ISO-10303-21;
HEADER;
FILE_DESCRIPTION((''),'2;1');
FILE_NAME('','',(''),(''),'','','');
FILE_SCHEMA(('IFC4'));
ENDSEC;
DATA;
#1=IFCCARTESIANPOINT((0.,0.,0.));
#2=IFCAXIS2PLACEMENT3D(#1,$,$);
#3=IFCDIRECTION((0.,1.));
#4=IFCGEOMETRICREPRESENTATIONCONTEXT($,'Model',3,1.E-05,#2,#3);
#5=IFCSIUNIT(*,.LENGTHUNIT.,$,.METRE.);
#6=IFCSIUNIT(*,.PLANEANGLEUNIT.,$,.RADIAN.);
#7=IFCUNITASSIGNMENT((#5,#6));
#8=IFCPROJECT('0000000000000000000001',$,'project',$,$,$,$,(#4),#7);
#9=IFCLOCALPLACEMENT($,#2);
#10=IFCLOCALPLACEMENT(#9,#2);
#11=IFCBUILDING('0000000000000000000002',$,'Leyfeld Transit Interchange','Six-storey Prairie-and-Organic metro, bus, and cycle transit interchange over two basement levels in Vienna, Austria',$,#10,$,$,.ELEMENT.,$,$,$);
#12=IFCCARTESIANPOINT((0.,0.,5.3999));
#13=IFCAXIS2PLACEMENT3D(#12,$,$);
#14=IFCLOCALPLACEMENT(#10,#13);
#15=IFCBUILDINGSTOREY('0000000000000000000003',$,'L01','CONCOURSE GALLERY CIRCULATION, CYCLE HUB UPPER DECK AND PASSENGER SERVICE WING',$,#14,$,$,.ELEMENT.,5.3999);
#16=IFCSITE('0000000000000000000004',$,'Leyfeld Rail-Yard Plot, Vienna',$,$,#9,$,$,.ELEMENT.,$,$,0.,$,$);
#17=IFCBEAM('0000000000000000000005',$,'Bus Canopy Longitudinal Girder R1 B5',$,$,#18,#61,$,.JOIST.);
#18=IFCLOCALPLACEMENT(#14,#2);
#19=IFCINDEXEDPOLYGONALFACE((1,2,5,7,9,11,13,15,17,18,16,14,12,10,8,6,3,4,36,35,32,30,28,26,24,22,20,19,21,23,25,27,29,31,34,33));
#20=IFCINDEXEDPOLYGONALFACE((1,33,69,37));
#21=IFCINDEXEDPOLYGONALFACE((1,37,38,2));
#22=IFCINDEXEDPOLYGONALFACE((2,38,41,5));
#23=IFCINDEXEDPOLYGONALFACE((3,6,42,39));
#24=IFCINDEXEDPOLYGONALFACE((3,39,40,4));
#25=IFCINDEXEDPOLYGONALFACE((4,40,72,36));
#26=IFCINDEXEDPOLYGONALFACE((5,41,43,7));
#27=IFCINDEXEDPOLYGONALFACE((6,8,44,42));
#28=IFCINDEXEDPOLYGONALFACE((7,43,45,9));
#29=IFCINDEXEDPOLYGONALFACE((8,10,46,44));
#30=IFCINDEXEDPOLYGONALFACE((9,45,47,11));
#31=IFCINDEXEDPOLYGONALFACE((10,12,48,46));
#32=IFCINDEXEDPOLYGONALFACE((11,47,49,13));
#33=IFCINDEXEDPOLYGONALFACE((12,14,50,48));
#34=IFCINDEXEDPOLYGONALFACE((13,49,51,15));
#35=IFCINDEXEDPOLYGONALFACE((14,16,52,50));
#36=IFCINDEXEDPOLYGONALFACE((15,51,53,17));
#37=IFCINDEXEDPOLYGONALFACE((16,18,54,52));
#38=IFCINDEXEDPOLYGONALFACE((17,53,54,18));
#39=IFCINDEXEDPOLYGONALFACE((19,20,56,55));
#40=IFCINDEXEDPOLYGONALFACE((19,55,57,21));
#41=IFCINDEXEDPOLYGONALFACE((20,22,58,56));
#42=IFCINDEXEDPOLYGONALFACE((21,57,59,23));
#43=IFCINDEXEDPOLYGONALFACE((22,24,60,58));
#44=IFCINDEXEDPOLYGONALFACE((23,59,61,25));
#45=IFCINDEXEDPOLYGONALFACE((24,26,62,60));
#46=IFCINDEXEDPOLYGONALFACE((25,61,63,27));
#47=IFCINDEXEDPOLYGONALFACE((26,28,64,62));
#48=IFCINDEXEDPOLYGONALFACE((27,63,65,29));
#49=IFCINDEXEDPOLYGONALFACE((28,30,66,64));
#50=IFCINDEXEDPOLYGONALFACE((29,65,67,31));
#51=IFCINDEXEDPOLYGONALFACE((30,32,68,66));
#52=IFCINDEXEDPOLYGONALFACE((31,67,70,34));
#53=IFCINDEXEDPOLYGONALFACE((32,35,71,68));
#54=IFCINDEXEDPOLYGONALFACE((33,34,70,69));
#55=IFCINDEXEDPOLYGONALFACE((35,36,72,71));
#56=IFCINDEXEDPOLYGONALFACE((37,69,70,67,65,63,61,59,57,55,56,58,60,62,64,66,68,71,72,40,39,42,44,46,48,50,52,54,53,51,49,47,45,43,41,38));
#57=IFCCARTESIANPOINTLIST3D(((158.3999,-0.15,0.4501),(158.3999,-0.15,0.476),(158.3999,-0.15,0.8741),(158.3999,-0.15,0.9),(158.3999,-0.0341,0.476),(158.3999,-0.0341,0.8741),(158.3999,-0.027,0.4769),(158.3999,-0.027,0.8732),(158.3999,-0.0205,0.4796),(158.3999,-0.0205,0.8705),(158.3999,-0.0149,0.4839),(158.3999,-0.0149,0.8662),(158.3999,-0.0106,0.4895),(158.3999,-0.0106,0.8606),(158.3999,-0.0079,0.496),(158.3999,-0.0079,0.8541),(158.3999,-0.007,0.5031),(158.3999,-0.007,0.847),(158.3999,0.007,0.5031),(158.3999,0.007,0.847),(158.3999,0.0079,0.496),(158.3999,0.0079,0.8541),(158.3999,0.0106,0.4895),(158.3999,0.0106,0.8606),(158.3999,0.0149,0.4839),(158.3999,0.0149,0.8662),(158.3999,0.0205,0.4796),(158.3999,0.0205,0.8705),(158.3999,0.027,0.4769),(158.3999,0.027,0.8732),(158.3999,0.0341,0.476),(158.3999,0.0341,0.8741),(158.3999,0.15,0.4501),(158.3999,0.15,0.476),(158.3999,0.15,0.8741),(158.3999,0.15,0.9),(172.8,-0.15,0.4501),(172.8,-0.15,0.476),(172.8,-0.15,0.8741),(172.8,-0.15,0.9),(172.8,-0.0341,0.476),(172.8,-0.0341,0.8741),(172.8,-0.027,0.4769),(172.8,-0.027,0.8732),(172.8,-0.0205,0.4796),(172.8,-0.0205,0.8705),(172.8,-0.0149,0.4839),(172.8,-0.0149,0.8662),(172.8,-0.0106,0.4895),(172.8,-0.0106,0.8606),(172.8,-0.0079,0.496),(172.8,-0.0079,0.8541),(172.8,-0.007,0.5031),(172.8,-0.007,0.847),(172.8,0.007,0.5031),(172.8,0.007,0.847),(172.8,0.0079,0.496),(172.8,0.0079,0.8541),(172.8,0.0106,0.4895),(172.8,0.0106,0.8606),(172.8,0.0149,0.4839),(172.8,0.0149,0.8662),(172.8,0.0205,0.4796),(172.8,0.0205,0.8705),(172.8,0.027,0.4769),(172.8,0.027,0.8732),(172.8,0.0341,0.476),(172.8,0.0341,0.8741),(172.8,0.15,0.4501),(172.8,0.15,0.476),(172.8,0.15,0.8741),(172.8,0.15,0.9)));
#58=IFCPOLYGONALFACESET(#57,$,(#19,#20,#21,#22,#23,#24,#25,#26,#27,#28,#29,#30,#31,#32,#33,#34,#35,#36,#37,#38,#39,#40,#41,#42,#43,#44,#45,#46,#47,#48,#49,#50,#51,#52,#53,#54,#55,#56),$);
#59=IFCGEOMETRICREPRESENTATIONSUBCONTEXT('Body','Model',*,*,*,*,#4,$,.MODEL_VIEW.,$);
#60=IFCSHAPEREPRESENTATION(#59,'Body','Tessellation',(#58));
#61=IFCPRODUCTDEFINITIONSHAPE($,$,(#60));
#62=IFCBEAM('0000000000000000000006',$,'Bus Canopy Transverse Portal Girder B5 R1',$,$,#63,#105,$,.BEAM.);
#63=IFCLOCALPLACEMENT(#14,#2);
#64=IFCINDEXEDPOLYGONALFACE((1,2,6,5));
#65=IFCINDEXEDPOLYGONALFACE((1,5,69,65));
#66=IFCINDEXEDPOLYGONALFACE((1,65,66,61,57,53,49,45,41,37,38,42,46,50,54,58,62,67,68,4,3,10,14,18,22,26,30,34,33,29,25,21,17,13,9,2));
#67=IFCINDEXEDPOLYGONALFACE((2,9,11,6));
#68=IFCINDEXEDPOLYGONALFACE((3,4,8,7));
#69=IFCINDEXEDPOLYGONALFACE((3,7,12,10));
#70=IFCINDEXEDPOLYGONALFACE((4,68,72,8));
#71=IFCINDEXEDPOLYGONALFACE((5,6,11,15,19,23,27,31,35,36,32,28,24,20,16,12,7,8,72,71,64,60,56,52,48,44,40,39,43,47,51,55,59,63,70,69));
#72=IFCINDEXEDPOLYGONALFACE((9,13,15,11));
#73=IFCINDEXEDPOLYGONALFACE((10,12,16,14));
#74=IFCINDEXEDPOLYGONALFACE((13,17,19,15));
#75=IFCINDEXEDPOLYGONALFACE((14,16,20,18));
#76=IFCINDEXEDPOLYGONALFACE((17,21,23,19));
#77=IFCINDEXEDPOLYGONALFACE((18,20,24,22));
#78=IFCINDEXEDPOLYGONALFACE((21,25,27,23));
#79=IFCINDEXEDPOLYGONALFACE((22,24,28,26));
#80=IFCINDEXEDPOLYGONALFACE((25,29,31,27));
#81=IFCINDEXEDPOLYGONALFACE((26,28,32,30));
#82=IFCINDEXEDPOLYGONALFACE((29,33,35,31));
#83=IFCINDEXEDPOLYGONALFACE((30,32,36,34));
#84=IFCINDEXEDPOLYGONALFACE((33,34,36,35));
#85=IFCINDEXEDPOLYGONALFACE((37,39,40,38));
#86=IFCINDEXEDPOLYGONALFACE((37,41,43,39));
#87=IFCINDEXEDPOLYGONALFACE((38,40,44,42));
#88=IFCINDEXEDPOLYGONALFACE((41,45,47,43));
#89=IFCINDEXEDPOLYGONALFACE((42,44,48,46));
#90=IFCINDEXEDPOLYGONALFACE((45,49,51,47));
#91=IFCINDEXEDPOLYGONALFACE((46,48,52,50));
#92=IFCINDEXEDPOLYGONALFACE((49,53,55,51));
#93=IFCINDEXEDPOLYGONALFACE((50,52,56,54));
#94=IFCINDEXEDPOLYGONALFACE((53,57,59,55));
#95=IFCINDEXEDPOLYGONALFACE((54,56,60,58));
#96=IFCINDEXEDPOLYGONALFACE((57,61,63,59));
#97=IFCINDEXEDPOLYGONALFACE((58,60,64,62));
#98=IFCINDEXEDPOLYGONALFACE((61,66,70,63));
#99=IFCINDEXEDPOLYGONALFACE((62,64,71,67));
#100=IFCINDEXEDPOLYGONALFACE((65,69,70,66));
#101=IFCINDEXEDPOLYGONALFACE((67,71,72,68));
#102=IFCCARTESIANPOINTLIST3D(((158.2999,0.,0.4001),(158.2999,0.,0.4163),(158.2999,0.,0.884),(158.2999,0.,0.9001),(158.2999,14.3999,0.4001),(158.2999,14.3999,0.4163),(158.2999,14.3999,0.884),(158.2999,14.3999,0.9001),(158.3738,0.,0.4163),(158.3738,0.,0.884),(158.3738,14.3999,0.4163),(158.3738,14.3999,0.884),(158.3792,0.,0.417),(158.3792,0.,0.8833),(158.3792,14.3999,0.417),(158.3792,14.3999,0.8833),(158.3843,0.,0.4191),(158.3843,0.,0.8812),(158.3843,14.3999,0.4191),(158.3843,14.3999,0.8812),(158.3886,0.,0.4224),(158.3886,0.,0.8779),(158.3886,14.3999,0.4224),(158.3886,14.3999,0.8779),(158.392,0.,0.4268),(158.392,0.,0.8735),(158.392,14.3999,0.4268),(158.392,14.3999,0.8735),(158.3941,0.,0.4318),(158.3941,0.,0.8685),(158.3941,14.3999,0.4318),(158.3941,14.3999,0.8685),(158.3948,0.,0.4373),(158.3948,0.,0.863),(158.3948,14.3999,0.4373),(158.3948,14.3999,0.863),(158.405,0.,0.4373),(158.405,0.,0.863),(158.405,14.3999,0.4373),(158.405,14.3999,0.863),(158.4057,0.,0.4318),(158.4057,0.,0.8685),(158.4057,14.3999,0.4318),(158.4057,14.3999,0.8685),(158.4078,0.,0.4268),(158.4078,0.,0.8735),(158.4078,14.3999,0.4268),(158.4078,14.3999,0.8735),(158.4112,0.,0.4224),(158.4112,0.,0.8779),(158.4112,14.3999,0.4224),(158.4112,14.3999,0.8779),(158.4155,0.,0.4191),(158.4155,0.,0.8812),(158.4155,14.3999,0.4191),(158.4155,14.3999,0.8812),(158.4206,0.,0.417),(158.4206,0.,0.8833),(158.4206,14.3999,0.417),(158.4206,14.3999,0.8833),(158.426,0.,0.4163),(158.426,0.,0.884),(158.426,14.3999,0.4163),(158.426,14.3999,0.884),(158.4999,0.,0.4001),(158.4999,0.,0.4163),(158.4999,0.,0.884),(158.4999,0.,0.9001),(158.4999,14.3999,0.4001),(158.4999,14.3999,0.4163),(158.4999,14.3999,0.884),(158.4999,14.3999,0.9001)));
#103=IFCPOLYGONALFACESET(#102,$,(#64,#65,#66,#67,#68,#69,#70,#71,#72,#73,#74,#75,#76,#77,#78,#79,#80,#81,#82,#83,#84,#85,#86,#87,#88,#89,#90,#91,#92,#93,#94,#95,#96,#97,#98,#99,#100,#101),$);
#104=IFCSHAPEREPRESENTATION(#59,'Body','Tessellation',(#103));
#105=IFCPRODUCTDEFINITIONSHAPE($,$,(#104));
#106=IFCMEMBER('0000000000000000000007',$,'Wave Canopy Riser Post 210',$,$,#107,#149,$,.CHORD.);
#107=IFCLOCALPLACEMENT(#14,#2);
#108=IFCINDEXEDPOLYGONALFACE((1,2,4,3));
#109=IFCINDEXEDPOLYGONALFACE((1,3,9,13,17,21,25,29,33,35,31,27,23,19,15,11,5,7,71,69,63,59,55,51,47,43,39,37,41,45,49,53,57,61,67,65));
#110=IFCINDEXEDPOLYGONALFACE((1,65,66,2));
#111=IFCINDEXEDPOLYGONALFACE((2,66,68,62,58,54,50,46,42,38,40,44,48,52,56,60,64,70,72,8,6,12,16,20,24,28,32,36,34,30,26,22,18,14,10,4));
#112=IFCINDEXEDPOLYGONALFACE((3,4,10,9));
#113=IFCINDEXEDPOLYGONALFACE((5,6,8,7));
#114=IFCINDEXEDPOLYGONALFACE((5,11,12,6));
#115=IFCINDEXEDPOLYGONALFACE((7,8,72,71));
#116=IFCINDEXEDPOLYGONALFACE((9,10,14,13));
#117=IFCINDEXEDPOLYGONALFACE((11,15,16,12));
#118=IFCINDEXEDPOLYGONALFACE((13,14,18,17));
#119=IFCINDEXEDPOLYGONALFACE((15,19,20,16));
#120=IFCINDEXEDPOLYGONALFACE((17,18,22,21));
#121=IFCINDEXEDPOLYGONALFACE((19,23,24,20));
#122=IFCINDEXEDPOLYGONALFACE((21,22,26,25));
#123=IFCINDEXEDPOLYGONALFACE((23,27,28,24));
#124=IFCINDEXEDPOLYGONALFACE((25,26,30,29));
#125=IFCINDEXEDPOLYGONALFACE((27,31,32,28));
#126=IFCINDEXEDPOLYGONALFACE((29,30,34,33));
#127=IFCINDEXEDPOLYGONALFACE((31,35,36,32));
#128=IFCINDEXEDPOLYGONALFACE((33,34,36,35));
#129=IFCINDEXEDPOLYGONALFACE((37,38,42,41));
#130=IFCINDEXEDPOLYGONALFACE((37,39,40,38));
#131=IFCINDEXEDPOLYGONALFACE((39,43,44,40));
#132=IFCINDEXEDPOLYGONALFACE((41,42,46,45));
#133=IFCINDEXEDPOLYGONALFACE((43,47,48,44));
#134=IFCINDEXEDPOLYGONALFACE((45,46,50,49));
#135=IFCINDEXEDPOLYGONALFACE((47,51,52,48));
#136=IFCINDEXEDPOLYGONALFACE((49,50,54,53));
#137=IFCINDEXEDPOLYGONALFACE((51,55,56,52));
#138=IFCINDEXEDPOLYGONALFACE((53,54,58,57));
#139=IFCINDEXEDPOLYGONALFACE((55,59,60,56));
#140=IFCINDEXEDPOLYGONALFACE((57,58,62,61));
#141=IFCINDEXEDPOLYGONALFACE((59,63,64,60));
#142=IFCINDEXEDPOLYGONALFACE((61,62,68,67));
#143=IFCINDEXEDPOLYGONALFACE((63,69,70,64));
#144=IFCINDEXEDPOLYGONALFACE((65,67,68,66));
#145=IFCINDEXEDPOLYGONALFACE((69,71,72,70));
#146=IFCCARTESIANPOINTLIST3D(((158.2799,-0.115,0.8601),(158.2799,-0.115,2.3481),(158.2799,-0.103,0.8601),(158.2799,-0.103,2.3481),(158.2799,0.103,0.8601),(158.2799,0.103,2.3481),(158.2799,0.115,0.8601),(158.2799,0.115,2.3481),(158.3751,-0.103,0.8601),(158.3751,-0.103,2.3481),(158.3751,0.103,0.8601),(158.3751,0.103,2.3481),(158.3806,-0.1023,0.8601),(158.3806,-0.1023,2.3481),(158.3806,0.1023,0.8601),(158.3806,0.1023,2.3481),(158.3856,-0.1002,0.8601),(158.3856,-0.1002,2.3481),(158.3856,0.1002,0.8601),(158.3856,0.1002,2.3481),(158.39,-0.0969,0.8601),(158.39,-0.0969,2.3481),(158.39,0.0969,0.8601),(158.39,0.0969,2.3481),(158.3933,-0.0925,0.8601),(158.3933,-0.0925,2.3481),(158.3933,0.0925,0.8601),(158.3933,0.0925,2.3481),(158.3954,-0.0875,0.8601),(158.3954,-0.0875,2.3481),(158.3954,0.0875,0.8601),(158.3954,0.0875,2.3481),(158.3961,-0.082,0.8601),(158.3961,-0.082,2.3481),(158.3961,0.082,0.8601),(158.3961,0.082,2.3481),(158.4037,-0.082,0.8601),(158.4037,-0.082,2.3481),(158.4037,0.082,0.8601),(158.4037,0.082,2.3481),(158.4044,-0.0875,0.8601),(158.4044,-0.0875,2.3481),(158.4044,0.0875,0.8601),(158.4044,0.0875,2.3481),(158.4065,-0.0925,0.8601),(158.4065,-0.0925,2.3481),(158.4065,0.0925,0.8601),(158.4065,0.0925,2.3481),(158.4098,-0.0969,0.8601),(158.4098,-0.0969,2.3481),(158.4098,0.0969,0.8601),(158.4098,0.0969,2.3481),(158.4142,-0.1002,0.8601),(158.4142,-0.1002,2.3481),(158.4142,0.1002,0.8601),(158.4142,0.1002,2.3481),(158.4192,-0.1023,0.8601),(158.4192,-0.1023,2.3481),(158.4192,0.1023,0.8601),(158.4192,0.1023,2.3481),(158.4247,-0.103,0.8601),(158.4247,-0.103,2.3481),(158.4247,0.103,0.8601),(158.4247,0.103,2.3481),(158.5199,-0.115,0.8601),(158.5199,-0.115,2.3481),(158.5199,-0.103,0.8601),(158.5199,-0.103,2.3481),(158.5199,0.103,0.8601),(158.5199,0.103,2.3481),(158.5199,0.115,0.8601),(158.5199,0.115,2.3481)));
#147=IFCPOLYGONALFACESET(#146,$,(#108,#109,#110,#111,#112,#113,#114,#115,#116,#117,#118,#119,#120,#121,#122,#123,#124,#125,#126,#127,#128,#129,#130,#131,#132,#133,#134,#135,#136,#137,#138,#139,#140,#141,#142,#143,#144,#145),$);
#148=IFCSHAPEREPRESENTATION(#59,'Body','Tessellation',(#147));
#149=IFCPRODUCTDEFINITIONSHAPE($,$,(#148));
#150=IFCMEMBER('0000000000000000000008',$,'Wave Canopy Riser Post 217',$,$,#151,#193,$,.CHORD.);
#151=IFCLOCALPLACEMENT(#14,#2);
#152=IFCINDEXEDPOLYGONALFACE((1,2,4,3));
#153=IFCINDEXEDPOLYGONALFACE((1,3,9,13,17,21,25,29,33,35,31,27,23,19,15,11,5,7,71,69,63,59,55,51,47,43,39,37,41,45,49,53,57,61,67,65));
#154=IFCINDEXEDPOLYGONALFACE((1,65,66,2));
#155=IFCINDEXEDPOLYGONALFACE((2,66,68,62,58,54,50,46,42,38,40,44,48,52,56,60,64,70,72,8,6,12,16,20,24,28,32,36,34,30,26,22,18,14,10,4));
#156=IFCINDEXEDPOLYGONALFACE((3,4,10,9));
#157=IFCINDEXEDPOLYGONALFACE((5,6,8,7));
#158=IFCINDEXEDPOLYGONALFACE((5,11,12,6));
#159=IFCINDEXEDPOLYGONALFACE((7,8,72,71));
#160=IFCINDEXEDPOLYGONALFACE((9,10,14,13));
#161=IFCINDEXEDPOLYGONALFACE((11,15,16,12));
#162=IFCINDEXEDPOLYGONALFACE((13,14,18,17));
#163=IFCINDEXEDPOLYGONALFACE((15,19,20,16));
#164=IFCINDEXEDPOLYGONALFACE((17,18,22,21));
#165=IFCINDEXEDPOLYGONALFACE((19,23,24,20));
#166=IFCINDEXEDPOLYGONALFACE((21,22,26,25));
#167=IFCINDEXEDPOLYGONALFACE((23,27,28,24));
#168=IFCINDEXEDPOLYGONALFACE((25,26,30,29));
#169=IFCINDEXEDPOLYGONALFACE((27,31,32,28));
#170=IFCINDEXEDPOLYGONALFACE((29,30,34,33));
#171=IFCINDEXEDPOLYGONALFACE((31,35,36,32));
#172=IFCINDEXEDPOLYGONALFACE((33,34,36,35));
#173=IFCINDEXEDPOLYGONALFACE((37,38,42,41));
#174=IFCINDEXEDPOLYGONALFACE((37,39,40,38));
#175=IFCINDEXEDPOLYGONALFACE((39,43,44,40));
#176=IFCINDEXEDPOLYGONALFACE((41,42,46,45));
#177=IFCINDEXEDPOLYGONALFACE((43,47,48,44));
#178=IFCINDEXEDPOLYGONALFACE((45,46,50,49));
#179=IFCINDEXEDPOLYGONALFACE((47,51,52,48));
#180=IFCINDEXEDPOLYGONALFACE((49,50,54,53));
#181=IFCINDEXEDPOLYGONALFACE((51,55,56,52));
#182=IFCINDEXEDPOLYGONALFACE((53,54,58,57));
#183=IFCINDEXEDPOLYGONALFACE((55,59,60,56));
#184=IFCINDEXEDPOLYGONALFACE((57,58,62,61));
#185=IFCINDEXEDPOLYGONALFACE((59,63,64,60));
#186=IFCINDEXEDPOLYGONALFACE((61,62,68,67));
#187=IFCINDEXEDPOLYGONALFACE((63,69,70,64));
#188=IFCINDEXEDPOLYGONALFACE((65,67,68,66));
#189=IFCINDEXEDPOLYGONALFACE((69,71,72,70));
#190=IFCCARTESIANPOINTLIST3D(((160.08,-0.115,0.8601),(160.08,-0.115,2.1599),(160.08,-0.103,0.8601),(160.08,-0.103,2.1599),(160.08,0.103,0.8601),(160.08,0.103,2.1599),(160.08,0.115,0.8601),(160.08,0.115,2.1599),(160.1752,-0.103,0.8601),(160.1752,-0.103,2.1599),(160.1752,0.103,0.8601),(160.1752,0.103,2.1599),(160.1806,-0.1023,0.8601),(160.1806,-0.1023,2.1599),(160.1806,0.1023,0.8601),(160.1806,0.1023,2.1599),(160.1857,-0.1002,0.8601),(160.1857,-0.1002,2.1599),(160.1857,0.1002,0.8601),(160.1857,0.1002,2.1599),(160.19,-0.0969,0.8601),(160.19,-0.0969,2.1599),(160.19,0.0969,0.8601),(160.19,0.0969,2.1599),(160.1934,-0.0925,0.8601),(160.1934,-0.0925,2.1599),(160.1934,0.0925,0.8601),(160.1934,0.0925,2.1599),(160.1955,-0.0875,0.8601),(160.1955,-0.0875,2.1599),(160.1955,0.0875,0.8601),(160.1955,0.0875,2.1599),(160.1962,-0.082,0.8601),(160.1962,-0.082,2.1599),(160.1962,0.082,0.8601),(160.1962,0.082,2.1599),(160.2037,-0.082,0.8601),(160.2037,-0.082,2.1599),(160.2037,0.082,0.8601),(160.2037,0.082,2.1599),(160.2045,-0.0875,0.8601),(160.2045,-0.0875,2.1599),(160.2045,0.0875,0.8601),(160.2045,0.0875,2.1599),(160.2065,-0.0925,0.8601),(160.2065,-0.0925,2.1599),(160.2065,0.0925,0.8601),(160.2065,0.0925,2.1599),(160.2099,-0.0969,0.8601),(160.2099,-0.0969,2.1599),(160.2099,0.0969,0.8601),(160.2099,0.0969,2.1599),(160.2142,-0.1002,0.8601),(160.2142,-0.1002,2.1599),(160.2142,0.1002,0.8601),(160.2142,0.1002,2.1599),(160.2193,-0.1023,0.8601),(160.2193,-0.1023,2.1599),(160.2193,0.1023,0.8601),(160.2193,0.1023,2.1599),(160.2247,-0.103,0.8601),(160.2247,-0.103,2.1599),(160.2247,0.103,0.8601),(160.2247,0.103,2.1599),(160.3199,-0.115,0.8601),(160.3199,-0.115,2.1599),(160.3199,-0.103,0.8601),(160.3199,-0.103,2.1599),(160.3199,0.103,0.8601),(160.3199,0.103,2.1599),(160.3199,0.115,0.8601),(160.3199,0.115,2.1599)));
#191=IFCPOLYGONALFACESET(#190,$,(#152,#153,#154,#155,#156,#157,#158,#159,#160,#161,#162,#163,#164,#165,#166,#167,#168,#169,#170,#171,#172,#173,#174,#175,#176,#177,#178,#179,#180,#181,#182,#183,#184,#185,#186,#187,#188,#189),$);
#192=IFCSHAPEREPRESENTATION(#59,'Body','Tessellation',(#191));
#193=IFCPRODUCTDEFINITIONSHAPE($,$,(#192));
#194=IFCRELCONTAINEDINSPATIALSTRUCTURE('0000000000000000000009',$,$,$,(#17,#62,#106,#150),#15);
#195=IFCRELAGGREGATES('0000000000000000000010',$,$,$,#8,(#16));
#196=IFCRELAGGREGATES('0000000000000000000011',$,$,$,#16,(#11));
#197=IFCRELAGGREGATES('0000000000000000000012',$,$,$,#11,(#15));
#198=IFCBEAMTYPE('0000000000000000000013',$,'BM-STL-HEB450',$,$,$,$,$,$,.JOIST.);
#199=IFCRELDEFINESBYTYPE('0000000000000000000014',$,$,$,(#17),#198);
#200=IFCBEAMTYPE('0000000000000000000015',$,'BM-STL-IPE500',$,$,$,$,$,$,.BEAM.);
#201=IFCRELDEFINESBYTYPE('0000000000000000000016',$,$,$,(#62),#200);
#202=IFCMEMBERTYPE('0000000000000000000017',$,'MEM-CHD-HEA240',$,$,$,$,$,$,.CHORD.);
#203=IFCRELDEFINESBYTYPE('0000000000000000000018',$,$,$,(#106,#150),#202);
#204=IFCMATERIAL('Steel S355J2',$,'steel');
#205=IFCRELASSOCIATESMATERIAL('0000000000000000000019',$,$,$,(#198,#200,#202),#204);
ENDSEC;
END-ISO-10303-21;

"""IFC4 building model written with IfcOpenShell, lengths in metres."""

from ifc_helpers import new_model, si_unit, direction, frame, origin, origin_2d, place, context, subcontext, project, spatial, i_section, extrude, material, material_profile, profile_set, type_object, element, save


model = new_model("IFC4")

# Units and contexts
model_context = context("Model", 3, precision=1e-05, world=origin(), true_north=direction((0.0, 1.0)))
body_context = subcontext(model_context, "Body", "Model", "MODEL_VIEW")
ifc_project = project(units=[si_unit("LENGTHUNIT", "METRE"), si_unit("PLANEANGLEUNIT", "RADIAN")], contexts=[model_context])

# Site, building, storey
site_placement = place(None, origin())
site = spatial("IfcSite", under=ifc_project, at=site_placement, Name="Leyfeld Rail-Yard Plot, Vienna", CompositionType="ELEMENT", RefElevation=0.0)
building_placement = place(site_placement, origin())
building = spatial("IfcBuilding", under=site, at=building_placement, Name="Leyfeld Transit Interchange", Description="Six-storey Prairie-and-Organic metro, bus, and cycle transit interchange over two basement levels in Vienna, Austria", CompositionType="ELEMENT")
storey_placement = place(building_placement, frame((0.0, 0.0, 5.3999)))
storey = spatial("IfcBuildingStorey", under=building, at=storey_placement, Name="L01", Description="CONCOURSE GALLERY CIRCULATION, CYCLE HUB UPPER DECK AND PASSENGER SERVICE WING", CompositionType="ELEMENT", Elevation=5.3999)

# Beams
ifc_material = material(Name="Steel S355J2", Category="steel")
ifc_material_profile_1 = material_profile(ifc_material, i_section(OverallWidth=0.3, OverallDepth=0.45, WebThickness=0.0139, FlangeThickness=0.0259, FilletRadius=0.0271, at=origin_2d()), Name="HEB 450")
ifc_profile_set_1 = profile_set([ifc_material_profile_1], Name="Steel S355J2")
beam_type_1 = type_object("IfcBeamType", Name="BM-STL-HEB450", PredefinedType="JOIST", material=ifc_profile_set_1)
beam_1_placement = place(storey_placement, frame((158.3999, 0.0, 0.675), z_axis=(1.0, 0.0, 0.0), x_axis=(0.0, 1.0, 0.0)))
element("IfcBeam", 1, at=beam_1_placement, inside=storey, type_object=beam_type_1, Name="Bus Canopy Longitudinal Girder R1 B5", PredefinedType="JOIST", context=body_context, shape_type="SweptSolid", body=[
    extrude(i_section(OverallWidth=0.3, OverallDepth=0.45, WebThickness=0.0139, FlangeThickness=0.0259, FilletRadius=0.0271, at=origin_2d()), origin(), (0.0, 0.0, 1.0), 14.4001),
])
ifc_material_profile_2 = material_profile(ifc_material, i_section(OverallWidth=0.2, OverallDepth=0.5, WebThickness=0.0103, FlangeThickness=0.0161, FilletRadius=0.021, at=origin_2d()), Name="IPE 500")
ifc_profile_set_2 = profile_set([ifc_material_profile_2], Name="Steel S355J2")
beam_type_2 = type_object("IfcBeamType", Name="BM-STL-IPE500", PredefinedType="BEAM", material=ifc_profile_set_2)
beam_2_placement = place(storey_placement, frame((158.3999, 0.0, 0.6501), z_axis=(0.0, 1.0, 0.0), x_axis=(-1.0, 0.0, 0.0)))
element("IfcBeam", 2, at=beam_2_placement, inside=storey, type_object=beam_type_2, Name="Bus Canopy Transverse Portal Girder B5 R1", PredefinedType="BEAM", context=body_context, shape_type="SweptSolid", body=[
    extrude(i_section(OverallWidth=0.2, OverallDepth=0.5, WebThickness=0.0103, FlangeThickness=0.0161, FilletRadius=0.021, at=origin_2d()), origin(), (0.0, 0.0, 1.0), 14.3999),
])

# Members
ifc_material_profile_3 = material_profile(ifc_material, i_section(OverallWidth=0.24, OverallDepth=0.23, WebThickness=0.0076, FlangeThickness=0.012, FilletRadius=0.021, at=origin_2d()), Name="HEA 240")
ifc_profile_set_3 = profile_set([ifc_material_profile_3], Name="Steel S355J2")
member_type_1 = type_object("IfcMemberType", Name="MEM-CHD-HEA240", PredefinedType="CHORD", material=ifc_profile_set_3)
member_1_placement = place(storey_placement, frame((158.3999, 0.0, 0.8601), z_axis=(0.0, 0.0, 1.0), x_axis=(1.0, 0.0, 0.0)))
element("IfcMember", 3, at=member_1_placement, inside=storey, type_object=member_type_1, Name="Wave Canopy Riser Post 210", PredefinedType="CHORD", context=body_context, shape_type="SweptSolid", body=[
    extrude(i_section(OverallWidth=0.24, OverallDepth=0.23, WebThickness=0.0076, FlangeThickness=0.012, FilletRadius=0.021, at=origin_2d()), origin(), (0.0, 0.0, 1.0), 1.488),
])
member_2_placement = place(storey_placement, frame((160.2, 0.0, 0.8601), z_axis=(0.0, 0.0, 1.0), x_axis=(1.0, 0.0, 0.0)))
element("IfcMember", 4, at=member_2_placement, inside=storey, type_object=member_type_1, Name="Wave Canopy Riser Post 217", PredefinedType="CHORD", context=body_context, shape_type="SweptSolid", body=[
    extrude(i_section(OverallWidth=0.24, OverallDepth=0.23, WebThickness=0.0076, FlangeThickness=0.012, FilletRadius=0.021, at=origin_2d()), origin(), (0.0, 0.0, 1.0), 1.2998),
])

save(model, "model.ifc")
